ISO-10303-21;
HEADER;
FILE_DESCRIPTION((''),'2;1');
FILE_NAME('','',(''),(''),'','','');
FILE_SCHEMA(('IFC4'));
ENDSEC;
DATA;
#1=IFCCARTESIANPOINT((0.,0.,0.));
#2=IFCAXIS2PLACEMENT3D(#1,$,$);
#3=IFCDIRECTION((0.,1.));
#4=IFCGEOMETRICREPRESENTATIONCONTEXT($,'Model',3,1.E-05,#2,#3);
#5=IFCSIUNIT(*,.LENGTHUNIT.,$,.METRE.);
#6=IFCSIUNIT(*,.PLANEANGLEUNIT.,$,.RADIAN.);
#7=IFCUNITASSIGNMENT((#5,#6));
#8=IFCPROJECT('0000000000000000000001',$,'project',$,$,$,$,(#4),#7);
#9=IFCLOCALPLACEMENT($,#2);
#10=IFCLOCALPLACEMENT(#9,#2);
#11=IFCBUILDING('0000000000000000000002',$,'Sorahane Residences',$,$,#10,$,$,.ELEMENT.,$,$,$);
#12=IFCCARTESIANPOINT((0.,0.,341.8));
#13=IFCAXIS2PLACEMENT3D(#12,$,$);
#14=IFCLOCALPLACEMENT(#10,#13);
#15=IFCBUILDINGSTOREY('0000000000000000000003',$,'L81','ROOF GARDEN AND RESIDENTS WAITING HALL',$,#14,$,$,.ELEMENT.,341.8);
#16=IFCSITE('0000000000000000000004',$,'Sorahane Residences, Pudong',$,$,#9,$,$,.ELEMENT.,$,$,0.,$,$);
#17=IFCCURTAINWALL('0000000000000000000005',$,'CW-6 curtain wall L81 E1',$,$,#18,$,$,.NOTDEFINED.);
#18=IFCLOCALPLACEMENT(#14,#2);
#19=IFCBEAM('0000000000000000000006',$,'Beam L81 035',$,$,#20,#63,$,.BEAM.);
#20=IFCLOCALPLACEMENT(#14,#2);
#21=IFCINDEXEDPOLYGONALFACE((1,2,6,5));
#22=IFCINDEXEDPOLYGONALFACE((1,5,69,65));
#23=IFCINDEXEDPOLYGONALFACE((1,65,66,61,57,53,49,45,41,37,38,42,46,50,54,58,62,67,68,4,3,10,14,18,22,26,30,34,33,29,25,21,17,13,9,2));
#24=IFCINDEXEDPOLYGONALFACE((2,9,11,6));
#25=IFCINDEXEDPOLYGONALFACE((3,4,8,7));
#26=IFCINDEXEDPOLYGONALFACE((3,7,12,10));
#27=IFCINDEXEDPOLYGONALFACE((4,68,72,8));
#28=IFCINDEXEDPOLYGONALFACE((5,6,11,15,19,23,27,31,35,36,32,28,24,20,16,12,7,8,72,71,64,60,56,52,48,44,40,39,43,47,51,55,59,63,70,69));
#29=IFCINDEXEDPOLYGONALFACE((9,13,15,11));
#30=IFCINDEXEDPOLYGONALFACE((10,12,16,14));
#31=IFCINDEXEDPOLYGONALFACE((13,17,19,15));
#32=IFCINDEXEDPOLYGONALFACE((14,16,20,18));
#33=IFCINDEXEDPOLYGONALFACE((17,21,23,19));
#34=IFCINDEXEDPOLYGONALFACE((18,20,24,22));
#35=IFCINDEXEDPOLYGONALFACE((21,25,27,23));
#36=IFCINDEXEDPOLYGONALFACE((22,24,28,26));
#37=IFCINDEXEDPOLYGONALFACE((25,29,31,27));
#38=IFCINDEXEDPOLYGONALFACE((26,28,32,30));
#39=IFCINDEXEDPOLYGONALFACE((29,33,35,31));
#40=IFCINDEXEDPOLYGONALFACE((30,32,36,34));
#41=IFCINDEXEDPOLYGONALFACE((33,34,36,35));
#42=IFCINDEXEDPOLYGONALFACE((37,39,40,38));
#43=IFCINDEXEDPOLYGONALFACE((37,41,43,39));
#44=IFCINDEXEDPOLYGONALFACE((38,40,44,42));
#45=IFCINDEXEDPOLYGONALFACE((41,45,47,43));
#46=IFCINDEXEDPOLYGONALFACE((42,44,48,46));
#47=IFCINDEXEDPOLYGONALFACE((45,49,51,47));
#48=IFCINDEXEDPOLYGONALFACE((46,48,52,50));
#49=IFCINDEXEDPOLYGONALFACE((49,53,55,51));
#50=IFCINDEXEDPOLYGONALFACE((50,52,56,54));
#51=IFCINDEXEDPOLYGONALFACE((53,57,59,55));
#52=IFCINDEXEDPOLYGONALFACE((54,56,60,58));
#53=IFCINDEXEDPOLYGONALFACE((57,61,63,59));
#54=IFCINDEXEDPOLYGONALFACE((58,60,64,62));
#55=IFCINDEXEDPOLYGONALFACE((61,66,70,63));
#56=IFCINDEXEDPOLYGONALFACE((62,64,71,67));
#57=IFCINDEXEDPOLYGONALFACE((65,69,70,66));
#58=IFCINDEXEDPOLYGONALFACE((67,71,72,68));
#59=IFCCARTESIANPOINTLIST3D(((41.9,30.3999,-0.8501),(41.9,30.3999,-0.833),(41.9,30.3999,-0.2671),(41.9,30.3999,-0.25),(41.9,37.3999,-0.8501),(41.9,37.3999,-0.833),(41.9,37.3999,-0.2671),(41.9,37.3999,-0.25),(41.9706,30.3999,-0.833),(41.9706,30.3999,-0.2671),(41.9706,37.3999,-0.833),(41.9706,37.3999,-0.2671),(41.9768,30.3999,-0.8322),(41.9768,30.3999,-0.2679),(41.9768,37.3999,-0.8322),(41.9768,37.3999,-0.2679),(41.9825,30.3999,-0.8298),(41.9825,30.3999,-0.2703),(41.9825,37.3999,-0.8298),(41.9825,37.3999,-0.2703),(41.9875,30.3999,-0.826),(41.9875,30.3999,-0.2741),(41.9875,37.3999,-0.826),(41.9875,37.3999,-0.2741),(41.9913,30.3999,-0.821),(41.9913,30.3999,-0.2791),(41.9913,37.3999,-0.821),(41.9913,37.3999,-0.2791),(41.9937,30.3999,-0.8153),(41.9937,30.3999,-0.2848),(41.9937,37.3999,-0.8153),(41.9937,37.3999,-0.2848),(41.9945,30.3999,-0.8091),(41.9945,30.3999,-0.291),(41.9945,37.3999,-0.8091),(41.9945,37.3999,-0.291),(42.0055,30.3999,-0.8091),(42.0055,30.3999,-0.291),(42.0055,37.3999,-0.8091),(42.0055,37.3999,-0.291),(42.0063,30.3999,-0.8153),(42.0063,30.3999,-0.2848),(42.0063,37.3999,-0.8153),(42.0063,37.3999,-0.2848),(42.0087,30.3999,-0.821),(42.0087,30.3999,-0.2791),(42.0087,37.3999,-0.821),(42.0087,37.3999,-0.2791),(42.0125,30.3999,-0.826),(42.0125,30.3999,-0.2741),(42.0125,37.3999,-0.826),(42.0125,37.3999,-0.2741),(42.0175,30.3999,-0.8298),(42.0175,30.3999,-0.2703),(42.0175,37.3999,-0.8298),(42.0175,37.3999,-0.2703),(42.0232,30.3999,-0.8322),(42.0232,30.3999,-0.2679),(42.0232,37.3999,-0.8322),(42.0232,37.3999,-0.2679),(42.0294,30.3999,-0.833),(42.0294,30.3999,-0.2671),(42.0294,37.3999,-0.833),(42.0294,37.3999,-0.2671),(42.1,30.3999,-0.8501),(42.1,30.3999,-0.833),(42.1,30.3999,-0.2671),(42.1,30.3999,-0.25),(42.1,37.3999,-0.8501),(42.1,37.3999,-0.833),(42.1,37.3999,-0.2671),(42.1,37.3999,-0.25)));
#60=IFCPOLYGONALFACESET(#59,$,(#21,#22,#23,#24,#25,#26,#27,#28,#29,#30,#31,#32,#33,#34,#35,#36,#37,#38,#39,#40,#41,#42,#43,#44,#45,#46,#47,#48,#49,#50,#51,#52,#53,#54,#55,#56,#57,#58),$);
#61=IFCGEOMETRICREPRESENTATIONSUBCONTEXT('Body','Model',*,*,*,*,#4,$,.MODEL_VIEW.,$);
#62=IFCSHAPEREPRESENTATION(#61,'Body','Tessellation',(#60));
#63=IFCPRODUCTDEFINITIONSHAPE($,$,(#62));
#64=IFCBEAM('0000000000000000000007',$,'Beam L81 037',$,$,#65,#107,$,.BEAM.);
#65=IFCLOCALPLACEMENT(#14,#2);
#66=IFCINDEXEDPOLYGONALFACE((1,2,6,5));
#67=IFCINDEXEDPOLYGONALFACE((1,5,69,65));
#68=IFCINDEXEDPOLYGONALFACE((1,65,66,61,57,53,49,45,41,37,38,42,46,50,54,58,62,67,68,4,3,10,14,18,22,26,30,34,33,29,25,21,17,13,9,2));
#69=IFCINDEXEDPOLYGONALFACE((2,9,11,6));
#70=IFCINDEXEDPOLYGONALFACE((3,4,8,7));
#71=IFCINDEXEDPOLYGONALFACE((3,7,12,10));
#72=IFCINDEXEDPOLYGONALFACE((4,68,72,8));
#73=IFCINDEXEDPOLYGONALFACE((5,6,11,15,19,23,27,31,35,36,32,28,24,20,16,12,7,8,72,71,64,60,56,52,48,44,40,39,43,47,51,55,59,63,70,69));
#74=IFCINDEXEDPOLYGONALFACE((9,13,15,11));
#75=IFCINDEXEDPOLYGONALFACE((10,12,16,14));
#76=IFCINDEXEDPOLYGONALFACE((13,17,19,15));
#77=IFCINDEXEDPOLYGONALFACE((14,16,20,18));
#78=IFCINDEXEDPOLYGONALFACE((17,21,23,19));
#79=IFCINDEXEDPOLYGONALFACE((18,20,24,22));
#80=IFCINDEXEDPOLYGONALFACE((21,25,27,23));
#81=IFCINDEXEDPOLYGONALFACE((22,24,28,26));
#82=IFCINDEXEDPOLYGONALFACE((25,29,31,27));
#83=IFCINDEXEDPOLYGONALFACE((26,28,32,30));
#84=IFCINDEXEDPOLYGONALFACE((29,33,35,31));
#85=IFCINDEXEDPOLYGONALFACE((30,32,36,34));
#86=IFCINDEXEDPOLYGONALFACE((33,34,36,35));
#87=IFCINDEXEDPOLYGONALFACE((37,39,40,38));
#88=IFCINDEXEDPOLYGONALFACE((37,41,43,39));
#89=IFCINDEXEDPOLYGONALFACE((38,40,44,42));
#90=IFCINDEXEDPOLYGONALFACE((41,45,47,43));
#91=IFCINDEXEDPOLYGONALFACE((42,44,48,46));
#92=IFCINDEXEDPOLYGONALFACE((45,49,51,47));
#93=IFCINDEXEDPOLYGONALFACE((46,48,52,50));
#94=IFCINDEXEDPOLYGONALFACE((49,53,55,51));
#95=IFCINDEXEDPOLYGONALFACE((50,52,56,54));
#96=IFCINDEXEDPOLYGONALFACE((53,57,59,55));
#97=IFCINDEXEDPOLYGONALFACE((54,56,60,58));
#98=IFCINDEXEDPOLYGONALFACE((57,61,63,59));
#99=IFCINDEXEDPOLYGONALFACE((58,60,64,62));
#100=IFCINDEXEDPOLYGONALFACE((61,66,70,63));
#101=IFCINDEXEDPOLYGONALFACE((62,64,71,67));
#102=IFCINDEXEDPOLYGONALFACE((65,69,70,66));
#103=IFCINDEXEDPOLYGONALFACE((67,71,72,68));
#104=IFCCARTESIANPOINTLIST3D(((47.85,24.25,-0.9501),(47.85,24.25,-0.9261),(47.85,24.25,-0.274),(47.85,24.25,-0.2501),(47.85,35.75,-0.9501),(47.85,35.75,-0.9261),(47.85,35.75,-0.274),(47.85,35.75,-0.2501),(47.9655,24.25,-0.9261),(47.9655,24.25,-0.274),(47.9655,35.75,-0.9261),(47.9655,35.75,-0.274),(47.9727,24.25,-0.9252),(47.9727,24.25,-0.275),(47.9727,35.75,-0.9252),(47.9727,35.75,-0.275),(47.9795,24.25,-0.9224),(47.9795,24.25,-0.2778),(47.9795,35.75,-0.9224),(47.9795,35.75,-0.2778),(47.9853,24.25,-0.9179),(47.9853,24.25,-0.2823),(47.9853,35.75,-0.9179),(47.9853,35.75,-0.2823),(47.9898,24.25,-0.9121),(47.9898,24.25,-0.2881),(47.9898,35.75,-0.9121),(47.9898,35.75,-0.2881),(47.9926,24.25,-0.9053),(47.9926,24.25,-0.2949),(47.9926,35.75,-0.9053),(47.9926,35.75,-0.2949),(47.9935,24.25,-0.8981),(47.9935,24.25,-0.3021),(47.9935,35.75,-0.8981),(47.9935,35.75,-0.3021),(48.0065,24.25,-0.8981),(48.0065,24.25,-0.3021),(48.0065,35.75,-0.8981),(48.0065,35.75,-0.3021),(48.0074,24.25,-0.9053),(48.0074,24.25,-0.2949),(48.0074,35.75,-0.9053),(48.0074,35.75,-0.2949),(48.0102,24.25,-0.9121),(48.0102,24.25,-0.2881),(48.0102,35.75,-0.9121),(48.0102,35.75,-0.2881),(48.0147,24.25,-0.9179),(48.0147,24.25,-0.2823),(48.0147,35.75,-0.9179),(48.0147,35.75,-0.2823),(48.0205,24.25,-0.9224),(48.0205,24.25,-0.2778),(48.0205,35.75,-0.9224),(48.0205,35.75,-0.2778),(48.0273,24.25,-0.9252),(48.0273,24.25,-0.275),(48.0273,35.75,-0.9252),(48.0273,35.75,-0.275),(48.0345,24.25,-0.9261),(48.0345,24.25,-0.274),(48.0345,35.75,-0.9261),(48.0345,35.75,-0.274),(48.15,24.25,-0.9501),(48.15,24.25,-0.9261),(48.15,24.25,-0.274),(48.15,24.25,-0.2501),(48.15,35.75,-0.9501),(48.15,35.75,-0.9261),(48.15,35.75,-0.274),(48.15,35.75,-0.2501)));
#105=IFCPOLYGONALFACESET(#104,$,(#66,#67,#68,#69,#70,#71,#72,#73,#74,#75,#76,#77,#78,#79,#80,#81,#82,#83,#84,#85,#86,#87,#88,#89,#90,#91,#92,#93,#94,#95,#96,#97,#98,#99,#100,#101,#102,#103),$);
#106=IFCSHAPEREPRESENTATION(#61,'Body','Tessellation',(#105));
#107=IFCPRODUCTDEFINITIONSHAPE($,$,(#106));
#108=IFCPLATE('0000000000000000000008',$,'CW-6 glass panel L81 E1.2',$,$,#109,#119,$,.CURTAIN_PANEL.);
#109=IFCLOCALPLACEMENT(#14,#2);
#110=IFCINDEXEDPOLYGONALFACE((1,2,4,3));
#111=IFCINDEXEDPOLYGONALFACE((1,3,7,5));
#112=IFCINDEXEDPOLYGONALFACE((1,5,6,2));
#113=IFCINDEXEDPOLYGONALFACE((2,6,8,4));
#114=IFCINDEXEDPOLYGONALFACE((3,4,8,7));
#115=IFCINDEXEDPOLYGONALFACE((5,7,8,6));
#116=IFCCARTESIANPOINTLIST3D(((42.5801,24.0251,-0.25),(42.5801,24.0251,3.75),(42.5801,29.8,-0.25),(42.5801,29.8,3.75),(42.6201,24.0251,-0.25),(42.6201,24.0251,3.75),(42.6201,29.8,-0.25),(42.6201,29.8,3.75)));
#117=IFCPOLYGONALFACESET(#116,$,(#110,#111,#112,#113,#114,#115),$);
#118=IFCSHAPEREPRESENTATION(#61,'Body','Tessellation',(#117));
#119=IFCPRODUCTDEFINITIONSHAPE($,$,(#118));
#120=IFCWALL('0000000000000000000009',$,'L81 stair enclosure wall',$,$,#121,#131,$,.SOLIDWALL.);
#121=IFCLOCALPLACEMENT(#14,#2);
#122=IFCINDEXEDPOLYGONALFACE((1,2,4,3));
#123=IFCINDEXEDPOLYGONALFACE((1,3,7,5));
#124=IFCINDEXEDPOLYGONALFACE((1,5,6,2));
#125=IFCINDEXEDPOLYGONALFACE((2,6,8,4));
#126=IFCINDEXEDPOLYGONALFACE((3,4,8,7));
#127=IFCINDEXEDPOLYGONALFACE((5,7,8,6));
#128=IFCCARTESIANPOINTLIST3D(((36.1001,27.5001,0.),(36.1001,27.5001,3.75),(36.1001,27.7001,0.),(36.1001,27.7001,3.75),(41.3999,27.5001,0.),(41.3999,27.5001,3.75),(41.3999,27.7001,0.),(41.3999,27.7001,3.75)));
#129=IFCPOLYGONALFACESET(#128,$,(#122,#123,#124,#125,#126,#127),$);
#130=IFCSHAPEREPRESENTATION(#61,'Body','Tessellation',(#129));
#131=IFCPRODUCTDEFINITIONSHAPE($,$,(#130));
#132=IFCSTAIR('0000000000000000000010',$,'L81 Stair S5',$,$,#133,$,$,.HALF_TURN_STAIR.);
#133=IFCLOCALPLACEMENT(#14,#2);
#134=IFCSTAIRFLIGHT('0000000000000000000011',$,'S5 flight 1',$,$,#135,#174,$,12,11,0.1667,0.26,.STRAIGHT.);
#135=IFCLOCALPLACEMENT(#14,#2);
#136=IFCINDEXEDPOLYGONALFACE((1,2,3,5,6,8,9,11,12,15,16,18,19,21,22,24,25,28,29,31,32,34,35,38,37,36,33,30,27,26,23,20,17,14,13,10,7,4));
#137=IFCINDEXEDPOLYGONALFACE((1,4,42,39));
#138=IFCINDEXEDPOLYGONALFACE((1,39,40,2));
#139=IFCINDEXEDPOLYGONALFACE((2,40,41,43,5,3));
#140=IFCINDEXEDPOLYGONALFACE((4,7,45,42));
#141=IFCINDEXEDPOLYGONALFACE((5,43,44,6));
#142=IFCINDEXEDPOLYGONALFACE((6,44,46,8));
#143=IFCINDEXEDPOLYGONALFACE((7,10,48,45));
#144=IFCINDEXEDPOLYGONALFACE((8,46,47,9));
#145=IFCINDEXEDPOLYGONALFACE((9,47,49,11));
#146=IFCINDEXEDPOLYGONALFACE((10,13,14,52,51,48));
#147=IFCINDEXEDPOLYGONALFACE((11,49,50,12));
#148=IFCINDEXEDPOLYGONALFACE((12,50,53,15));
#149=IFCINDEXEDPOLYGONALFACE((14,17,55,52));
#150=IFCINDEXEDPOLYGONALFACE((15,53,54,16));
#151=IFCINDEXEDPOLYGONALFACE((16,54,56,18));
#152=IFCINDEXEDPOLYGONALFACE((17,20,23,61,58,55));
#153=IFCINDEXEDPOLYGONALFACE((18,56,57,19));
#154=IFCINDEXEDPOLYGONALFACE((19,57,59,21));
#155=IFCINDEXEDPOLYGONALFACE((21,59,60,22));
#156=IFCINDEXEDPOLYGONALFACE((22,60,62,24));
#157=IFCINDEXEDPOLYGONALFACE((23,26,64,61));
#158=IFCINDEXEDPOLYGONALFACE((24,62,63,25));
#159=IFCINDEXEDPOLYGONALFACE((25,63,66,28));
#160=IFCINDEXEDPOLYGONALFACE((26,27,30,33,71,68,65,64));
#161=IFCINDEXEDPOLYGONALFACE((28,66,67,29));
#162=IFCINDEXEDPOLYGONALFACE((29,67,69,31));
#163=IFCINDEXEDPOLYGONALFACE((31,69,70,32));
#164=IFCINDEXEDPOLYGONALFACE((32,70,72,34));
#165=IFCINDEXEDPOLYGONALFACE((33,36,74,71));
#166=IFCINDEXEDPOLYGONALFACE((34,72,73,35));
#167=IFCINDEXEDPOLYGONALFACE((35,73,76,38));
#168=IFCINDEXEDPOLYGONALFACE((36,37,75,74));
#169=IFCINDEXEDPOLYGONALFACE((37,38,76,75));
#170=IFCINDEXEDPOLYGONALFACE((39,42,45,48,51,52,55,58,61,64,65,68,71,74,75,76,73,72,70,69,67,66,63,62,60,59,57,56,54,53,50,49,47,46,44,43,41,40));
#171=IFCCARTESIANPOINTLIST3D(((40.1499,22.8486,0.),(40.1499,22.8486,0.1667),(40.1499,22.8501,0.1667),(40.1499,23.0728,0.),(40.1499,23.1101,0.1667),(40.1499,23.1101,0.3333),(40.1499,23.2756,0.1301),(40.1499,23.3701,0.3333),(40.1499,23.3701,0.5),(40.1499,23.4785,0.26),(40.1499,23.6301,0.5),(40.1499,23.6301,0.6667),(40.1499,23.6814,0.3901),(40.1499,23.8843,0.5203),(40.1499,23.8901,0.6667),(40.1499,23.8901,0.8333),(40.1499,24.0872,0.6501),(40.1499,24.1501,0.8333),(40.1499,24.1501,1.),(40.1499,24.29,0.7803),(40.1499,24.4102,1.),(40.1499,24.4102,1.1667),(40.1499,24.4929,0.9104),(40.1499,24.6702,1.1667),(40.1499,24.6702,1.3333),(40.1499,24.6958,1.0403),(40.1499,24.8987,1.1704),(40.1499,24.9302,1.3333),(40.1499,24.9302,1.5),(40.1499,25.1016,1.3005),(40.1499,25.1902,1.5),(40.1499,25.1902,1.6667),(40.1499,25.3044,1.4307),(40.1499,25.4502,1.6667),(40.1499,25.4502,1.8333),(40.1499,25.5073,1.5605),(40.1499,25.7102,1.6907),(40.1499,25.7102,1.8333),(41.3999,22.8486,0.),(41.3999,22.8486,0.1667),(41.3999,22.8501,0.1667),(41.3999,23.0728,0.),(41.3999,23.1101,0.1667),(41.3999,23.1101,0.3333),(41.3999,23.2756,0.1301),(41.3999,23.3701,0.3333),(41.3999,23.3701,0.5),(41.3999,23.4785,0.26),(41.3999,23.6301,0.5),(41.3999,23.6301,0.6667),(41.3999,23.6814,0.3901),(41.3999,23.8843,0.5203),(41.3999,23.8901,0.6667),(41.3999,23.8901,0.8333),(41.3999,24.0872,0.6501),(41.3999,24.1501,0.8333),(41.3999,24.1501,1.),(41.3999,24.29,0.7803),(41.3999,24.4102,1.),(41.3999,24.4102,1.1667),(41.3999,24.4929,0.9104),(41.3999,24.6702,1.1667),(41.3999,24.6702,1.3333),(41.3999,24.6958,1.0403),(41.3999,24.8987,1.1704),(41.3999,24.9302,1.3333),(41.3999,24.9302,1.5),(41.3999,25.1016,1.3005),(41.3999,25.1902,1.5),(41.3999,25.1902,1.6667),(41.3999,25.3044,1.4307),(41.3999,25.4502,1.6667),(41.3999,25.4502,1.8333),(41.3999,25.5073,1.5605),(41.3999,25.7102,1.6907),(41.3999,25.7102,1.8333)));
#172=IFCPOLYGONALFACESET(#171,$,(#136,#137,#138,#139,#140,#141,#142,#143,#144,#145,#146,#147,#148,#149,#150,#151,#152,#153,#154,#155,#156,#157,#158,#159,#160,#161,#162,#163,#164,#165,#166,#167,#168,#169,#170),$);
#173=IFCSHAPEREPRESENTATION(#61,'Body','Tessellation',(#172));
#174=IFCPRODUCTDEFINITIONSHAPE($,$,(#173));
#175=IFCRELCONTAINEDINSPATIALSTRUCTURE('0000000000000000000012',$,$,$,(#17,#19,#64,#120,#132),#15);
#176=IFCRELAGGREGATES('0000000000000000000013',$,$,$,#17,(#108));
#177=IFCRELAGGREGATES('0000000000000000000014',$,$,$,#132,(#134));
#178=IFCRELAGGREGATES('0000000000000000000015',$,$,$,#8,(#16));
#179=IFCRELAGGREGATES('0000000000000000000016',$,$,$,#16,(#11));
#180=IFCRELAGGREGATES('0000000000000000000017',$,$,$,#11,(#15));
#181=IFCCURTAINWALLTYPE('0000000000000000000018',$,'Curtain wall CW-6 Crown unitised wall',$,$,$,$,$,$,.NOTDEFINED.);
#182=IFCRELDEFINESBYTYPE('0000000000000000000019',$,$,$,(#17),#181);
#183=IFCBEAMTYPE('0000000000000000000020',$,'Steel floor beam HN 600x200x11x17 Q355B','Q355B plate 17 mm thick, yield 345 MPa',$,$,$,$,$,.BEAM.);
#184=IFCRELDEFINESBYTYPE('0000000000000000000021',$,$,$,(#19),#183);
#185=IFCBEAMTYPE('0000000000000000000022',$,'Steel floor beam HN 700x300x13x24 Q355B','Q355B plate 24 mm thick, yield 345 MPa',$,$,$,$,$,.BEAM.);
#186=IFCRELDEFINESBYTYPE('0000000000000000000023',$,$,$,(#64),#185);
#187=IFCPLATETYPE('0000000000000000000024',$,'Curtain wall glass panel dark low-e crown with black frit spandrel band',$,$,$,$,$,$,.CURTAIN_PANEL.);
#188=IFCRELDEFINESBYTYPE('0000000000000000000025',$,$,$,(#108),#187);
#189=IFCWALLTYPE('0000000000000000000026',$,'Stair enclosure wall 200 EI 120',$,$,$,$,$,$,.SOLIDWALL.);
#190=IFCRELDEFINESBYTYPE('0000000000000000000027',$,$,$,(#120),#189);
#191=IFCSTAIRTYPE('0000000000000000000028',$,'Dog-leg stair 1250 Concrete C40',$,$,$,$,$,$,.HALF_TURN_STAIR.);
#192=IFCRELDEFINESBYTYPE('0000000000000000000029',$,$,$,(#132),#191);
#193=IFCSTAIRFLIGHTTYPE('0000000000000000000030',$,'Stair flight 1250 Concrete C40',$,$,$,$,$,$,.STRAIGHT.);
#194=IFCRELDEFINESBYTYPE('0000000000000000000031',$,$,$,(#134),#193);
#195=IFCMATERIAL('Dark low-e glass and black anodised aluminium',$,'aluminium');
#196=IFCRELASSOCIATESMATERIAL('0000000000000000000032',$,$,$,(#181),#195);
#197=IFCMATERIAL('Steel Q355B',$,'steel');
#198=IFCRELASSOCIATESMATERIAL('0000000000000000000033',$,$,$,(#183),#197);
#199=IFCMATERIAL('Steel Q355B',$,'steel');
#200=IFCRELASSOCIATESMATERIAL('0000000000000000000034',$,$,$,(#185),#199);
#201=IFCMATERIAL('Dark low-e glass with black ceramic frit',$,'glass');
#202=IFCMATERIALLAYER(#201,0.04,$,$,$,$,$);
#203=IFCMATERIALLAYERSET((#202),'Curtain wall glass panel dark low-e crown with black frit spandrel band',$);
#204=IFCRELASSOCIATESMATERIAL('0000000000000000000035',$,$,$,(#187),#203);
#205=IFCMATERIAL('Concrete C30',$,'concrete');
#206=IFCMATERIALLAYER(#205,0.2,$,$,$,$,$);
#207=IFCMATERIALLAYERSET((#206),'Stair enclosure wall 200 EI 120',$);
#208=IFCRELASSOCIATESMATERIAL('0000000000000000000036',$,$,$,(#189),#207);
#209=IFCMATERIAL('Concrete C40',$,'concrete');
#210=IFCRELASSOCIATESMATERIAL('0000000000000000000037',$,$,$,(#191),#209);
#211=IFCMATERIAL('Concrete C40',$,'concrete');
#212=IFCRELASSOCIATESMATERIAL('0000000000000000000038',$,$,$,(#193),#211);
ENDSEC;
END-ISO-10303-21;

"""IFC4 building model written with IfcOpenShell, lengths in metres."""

from ifc_helpers import new_model, si_unit, direction, frame, frame_2d, origin, origin_2d, place, context, subcontext, project, spatial, polyline, rectangle, i_section, outline, extrude, material, layer, layer_set, material_profile, profile_set, type_object, element, aggregate, save


model = new_model("IFC4")

# Units and contexts
model_context = context("Model", 3, precision=1e-05, world=origin(), true_north=direction((0.0, 1.0)))
body_context = subcontext(model_context, "Body", "Model", "MODEL_VIEW")
ifc_project = project(units=[si_unit("LENGTHUNIT", "METRE"), si_unit("PLANEANGLEUNIT", "RADIAN")], contexts=[model_context])

# Site, building, storey
site_placement = place(None, origin())
site = spatial("IfcSite", under=ifc_project, at=site_placement, Name="Sorahane Residences, Pudong", CompositionType="ELEMENT", RefElevation=0.0)
building_placement = place(site_placement, origin())
building = spatial("IfcBuilding", under=site, at=building_placement, Name="Sorahane Residences", CompositionType="ELEMENT")
storey_placement = place(building_placement, frame((0.0, 0.0, 341.8)))
storey = spatial("IfcBuildingStorey", under=building, at=storey_placement, Name="L81", Description="ROOF GARDEN AND RESIDENTS WAITING HALL", CompositionType="ELEMENT", Elevation=341.8)

# Curtain wall
ifc_material_1 = material(Name="Dark low-e glass and black anodised aluminium", Category="aluminium")
curtain_wall_type = type_object("IfcCurtainWallType", Name="Curtain wall CW-6 Crown unitised wall", PredefinedType="NOTDEFINED", material=ifc_material_1)
curtain_wall_placement = place(storey_placement, origin())
curtain_wall = element("IfcCurtainWall", 1, at=curtain_wall_placement, inside=storey, type_object=curtain_wall_type, Name="CW-6 curtain wall L81 E1", PredefinedType="NOTDEFINED")

# Beams
ifc_material_2 = material(Name="Steel Q355B", Category="steel")
ifc_material_profile_1 = material_profile(ifc_material_2, i_section(OverallWidth=0.2, OverallDepth=0.6001, WebThickness=0.011, FlangeThickness=0.0171, FilletRadius=0.0239, at=origin_2d()), Name="HN 600x200x11x17")
ifc_profile_set_1 = profile_set([ifc_material_profile_1], Name="Steel Q355B")
beam_type_1 = type_object("IfcBeamType", Name="Steel floor beam HN 600x200x11x17 Q355B", Description="Q355B plate 17 mm thick, yield 345 MPa", PredefinedType="BEAM", material=ifc_profile_set_1)
beam_1_placement = place(storey_placement, frame((42.0, 30.3999, -0.55), z_axis=(0.0, 1.0, 0.0), x_axis=(-1.0, 0.0, 0.0)))
element("IfcBeam", 2, at=beam_1_placement, inside=storey, type_object=beam_type_1, Name="Beam L81 035", PredefinedType="BEAM", context=body_context, shape_type="SweptSolid", body=[
    extrude(i_section(OverallWidth=0.2, OverallDepth=0.6001, WebThickness=0.011, FlangeThickness=0.0171, FilletRadius=0.0239, at=origin_2d()), origin(), (0.0, 0.0, 1.0), 7.0),
])
ifc_material_3 = material(Name="Steel Q355B", Category="steel")
ifc_material_profile_2 = material_profile(ifc_material_3, i_section(OverallWidth=0.3, OverallDepth=0.7, WebThickness=0.0129, FlangeThickness=0.0239, FilletRadius=0.0281, at=origin_2d()), Name="HN 700x300x13x24")
ifc_profile_set_2 = profile_set([ifc_material_profile_2], Name="Steel Q355B")
beam_type_2 = type_object("IfcBeamType", Name="Steel floor beam HN 700x300x13x24 Q355B", Description="Q355B plate 24 mm thick, yield 345 MPa", PredefinedType="BEAM", material=ifc_profile_set_2)
beam_2_placement = place(storey_placement, frame((48.0, 24.25, -0.6001), z_axis=(0.0, 1.0, 0.0), x_axis=(-1.0, 0.0, 0.0)))
element("IfcBeam", 3, at=beam_2_placement, inside=storey, type_object=beam_type_2, Name="Beam L81 037", PredefinedType="BEAM", context=body_context, shape_type="SweptSolid", body=[
    extrude(i_section(OverallWidth=0.3, OverallDepth=0.7, WebThickness=0.0129, FlangeThickness=0.0239, FilletRadius=0.0281, at=origin_2d()), origin(), (0.0, 0.0, 1.0), 11.5),
])

# Plate
ifc_material_4 = material(Name="Dark low-e glass with black ceramic frit", Category="glass")
ifc_layer_1 = layer(ifc_material_4, 0.04)
ifc_layer_set_1 = layer_set([ifc_layer_1], Name="Curtain wall glass panel dark low-e crown with black frit spandrel band")
plate_type = type_object("IfcPlateType", Name="Curtain wall glass panel dark low-e crown with black frit spandrel band", PredefinedType="CURTAIN_PANEL", material=ifc_layer_set_1)
plate_placement = place(storey_placement, frame((42.6001, 26.9126, -0.25), z_axis=(0.0, 0.0, 1.0), x_axis=(0.0, 1.0, 0.0)))
plate = element("IfcPlate", 4, at=plate_placement, type_object=plate_type, Name="CW-6 glass panel L81 E1.2", PredefinedType="CURTAIN_PANEL", context=body_context, shape_type="SweptSolid", body=[
    extrude(rectangle(XDim=5.7749, YDim=0.04, at=origin_2d()), origin(), (0.0, 0.0, 1.0), 4.0),
])
aggregate(curtain_wall, [plate])

# Wall
ifc_material_5 = material(Name="Concrete C30", Category="concrete")
ifc_layer_2 = layer(ifc_material_5, 0.2)
ifc_layer_set_2 = layer_set([ifc_layer_2], Name="Stair enclosure wall 200 EI 120")
wall_type = type_object("IfcWallType", Name="Stair enclosure wall 200 EI 120", PredefinedType="SOLIDWALL", material=ifc_layer_set_2)
wall_placement = place(storey_placement, frame((36.1001, 27.6001, 0.0), z_axis=(0.0, 0.0, 1.0), x_axis=(1.0, 0.0, 0.0)))
element("IfcWall", 5, at=wall_placement, inside=storey, type_object=wall_type, Name="L81 stair enclosure wall", PredefinedType="SOLIDWALL", context=body_context, shape_type="SweptSolid", body=[
    extrude(rectangle(XDim=5.2998, YDim=0.2, at=frame_2d((2.6499, 0.0))), origin(), (0.0, 0.0, 1.0), 3.75),
])

# Stair, stair flight
ifc_material_6 = material(Name="Concrete C40", Category="concrete")
stair_type = type_object("IfcStairType", Name="Dog-leg stair 1250 Concrete C40", PredefinedType="HALF_TURN_STAIR", material=ifc_material_6)
stair_placement = place(storey_placement, origin())
stair = element("IfcStair", 6, at=stair_placement, inside=storey, type_object=stair_type, Name="L81 Stair S5", PredefinedType="HALF_TURN_STAIR")
ifc_material_7 = material(Name="Concrete C40", Category="concrete")
stair_flight_type = type_object("IfcStairFlightType", Name="Stair flight 1250 Concrete C40", PredefinedType="STRAIGHT", material=ifc_material_7)
stair_flight_1_placement = place(storey_placement, frame((40.7749, 22.8501, 0.0), z_axis=(0.0, 0.0, 1.0), x_axis=(0.0, 1.0, 0.0)))
stair_flight_1 = element("IfcStairFlight", 7, at=stair_flight_1_placement, type_object=stair_flight_type, Name="S5 flight 1", NumberOfRisers=12, NumberOfTreads=11, PredefinedType="STRAIGHT", RiserHeight=0.1667, TreadLength=0.26, context=body_context, shape_type="SweptSolid", body=[
    extrude(outline(polyline([(-0.0015, 0.0), (-0.0015, 0.1667), (0.0, 0.1667), (0.26, 0.1667), (0.26, 0.3333), (0.52, 0.3333), (0.52, 0.5), (0.78, 0.5), (0.78, 0.6667), (1.04, 0.6667), (1.04, 0.8333), (1.3, 0.8333), (1.3, 1.0), (1.5601, 1.0), (1.5601, 1.1667), (1.8201, 1.1667), (1.8201, 1.3333), (2.0801, 1.3333), (2.0801, 1.5), (2.3401, 1.5), (2.3401, 1.6667), (2.6001, 1.6667), (2.6001, 1.8333), (2.8601, 1.8333), (2.8601, 2.0), (2.8601, 1.6907), (2.6572, 1.5605), (2.4543, 1.4307), (2.2515, 1.3005), (2.0486, 1.1704), (1.8457, 1.0403), (1.6428, 0.9104), (1.4399, 0.7803), (1.2371, 0.6501), (1.0342, 0.5203), (0.8313, 0.3901), (0.6284, 0.26), (0.4255, 0.1301), (0.2227, 0.0), (-0.0015, 0.0)])), frame((0.0, 0.625, 0.0), z_axis=(0.0, -1.0, 0.0), x_axis=(1.0, 0.0, 0.0)), (0.0, 0.0, 1.0), 1.25),
])
aggregate(stair, [stair_flight_1])

save(model, "model.ifc")
